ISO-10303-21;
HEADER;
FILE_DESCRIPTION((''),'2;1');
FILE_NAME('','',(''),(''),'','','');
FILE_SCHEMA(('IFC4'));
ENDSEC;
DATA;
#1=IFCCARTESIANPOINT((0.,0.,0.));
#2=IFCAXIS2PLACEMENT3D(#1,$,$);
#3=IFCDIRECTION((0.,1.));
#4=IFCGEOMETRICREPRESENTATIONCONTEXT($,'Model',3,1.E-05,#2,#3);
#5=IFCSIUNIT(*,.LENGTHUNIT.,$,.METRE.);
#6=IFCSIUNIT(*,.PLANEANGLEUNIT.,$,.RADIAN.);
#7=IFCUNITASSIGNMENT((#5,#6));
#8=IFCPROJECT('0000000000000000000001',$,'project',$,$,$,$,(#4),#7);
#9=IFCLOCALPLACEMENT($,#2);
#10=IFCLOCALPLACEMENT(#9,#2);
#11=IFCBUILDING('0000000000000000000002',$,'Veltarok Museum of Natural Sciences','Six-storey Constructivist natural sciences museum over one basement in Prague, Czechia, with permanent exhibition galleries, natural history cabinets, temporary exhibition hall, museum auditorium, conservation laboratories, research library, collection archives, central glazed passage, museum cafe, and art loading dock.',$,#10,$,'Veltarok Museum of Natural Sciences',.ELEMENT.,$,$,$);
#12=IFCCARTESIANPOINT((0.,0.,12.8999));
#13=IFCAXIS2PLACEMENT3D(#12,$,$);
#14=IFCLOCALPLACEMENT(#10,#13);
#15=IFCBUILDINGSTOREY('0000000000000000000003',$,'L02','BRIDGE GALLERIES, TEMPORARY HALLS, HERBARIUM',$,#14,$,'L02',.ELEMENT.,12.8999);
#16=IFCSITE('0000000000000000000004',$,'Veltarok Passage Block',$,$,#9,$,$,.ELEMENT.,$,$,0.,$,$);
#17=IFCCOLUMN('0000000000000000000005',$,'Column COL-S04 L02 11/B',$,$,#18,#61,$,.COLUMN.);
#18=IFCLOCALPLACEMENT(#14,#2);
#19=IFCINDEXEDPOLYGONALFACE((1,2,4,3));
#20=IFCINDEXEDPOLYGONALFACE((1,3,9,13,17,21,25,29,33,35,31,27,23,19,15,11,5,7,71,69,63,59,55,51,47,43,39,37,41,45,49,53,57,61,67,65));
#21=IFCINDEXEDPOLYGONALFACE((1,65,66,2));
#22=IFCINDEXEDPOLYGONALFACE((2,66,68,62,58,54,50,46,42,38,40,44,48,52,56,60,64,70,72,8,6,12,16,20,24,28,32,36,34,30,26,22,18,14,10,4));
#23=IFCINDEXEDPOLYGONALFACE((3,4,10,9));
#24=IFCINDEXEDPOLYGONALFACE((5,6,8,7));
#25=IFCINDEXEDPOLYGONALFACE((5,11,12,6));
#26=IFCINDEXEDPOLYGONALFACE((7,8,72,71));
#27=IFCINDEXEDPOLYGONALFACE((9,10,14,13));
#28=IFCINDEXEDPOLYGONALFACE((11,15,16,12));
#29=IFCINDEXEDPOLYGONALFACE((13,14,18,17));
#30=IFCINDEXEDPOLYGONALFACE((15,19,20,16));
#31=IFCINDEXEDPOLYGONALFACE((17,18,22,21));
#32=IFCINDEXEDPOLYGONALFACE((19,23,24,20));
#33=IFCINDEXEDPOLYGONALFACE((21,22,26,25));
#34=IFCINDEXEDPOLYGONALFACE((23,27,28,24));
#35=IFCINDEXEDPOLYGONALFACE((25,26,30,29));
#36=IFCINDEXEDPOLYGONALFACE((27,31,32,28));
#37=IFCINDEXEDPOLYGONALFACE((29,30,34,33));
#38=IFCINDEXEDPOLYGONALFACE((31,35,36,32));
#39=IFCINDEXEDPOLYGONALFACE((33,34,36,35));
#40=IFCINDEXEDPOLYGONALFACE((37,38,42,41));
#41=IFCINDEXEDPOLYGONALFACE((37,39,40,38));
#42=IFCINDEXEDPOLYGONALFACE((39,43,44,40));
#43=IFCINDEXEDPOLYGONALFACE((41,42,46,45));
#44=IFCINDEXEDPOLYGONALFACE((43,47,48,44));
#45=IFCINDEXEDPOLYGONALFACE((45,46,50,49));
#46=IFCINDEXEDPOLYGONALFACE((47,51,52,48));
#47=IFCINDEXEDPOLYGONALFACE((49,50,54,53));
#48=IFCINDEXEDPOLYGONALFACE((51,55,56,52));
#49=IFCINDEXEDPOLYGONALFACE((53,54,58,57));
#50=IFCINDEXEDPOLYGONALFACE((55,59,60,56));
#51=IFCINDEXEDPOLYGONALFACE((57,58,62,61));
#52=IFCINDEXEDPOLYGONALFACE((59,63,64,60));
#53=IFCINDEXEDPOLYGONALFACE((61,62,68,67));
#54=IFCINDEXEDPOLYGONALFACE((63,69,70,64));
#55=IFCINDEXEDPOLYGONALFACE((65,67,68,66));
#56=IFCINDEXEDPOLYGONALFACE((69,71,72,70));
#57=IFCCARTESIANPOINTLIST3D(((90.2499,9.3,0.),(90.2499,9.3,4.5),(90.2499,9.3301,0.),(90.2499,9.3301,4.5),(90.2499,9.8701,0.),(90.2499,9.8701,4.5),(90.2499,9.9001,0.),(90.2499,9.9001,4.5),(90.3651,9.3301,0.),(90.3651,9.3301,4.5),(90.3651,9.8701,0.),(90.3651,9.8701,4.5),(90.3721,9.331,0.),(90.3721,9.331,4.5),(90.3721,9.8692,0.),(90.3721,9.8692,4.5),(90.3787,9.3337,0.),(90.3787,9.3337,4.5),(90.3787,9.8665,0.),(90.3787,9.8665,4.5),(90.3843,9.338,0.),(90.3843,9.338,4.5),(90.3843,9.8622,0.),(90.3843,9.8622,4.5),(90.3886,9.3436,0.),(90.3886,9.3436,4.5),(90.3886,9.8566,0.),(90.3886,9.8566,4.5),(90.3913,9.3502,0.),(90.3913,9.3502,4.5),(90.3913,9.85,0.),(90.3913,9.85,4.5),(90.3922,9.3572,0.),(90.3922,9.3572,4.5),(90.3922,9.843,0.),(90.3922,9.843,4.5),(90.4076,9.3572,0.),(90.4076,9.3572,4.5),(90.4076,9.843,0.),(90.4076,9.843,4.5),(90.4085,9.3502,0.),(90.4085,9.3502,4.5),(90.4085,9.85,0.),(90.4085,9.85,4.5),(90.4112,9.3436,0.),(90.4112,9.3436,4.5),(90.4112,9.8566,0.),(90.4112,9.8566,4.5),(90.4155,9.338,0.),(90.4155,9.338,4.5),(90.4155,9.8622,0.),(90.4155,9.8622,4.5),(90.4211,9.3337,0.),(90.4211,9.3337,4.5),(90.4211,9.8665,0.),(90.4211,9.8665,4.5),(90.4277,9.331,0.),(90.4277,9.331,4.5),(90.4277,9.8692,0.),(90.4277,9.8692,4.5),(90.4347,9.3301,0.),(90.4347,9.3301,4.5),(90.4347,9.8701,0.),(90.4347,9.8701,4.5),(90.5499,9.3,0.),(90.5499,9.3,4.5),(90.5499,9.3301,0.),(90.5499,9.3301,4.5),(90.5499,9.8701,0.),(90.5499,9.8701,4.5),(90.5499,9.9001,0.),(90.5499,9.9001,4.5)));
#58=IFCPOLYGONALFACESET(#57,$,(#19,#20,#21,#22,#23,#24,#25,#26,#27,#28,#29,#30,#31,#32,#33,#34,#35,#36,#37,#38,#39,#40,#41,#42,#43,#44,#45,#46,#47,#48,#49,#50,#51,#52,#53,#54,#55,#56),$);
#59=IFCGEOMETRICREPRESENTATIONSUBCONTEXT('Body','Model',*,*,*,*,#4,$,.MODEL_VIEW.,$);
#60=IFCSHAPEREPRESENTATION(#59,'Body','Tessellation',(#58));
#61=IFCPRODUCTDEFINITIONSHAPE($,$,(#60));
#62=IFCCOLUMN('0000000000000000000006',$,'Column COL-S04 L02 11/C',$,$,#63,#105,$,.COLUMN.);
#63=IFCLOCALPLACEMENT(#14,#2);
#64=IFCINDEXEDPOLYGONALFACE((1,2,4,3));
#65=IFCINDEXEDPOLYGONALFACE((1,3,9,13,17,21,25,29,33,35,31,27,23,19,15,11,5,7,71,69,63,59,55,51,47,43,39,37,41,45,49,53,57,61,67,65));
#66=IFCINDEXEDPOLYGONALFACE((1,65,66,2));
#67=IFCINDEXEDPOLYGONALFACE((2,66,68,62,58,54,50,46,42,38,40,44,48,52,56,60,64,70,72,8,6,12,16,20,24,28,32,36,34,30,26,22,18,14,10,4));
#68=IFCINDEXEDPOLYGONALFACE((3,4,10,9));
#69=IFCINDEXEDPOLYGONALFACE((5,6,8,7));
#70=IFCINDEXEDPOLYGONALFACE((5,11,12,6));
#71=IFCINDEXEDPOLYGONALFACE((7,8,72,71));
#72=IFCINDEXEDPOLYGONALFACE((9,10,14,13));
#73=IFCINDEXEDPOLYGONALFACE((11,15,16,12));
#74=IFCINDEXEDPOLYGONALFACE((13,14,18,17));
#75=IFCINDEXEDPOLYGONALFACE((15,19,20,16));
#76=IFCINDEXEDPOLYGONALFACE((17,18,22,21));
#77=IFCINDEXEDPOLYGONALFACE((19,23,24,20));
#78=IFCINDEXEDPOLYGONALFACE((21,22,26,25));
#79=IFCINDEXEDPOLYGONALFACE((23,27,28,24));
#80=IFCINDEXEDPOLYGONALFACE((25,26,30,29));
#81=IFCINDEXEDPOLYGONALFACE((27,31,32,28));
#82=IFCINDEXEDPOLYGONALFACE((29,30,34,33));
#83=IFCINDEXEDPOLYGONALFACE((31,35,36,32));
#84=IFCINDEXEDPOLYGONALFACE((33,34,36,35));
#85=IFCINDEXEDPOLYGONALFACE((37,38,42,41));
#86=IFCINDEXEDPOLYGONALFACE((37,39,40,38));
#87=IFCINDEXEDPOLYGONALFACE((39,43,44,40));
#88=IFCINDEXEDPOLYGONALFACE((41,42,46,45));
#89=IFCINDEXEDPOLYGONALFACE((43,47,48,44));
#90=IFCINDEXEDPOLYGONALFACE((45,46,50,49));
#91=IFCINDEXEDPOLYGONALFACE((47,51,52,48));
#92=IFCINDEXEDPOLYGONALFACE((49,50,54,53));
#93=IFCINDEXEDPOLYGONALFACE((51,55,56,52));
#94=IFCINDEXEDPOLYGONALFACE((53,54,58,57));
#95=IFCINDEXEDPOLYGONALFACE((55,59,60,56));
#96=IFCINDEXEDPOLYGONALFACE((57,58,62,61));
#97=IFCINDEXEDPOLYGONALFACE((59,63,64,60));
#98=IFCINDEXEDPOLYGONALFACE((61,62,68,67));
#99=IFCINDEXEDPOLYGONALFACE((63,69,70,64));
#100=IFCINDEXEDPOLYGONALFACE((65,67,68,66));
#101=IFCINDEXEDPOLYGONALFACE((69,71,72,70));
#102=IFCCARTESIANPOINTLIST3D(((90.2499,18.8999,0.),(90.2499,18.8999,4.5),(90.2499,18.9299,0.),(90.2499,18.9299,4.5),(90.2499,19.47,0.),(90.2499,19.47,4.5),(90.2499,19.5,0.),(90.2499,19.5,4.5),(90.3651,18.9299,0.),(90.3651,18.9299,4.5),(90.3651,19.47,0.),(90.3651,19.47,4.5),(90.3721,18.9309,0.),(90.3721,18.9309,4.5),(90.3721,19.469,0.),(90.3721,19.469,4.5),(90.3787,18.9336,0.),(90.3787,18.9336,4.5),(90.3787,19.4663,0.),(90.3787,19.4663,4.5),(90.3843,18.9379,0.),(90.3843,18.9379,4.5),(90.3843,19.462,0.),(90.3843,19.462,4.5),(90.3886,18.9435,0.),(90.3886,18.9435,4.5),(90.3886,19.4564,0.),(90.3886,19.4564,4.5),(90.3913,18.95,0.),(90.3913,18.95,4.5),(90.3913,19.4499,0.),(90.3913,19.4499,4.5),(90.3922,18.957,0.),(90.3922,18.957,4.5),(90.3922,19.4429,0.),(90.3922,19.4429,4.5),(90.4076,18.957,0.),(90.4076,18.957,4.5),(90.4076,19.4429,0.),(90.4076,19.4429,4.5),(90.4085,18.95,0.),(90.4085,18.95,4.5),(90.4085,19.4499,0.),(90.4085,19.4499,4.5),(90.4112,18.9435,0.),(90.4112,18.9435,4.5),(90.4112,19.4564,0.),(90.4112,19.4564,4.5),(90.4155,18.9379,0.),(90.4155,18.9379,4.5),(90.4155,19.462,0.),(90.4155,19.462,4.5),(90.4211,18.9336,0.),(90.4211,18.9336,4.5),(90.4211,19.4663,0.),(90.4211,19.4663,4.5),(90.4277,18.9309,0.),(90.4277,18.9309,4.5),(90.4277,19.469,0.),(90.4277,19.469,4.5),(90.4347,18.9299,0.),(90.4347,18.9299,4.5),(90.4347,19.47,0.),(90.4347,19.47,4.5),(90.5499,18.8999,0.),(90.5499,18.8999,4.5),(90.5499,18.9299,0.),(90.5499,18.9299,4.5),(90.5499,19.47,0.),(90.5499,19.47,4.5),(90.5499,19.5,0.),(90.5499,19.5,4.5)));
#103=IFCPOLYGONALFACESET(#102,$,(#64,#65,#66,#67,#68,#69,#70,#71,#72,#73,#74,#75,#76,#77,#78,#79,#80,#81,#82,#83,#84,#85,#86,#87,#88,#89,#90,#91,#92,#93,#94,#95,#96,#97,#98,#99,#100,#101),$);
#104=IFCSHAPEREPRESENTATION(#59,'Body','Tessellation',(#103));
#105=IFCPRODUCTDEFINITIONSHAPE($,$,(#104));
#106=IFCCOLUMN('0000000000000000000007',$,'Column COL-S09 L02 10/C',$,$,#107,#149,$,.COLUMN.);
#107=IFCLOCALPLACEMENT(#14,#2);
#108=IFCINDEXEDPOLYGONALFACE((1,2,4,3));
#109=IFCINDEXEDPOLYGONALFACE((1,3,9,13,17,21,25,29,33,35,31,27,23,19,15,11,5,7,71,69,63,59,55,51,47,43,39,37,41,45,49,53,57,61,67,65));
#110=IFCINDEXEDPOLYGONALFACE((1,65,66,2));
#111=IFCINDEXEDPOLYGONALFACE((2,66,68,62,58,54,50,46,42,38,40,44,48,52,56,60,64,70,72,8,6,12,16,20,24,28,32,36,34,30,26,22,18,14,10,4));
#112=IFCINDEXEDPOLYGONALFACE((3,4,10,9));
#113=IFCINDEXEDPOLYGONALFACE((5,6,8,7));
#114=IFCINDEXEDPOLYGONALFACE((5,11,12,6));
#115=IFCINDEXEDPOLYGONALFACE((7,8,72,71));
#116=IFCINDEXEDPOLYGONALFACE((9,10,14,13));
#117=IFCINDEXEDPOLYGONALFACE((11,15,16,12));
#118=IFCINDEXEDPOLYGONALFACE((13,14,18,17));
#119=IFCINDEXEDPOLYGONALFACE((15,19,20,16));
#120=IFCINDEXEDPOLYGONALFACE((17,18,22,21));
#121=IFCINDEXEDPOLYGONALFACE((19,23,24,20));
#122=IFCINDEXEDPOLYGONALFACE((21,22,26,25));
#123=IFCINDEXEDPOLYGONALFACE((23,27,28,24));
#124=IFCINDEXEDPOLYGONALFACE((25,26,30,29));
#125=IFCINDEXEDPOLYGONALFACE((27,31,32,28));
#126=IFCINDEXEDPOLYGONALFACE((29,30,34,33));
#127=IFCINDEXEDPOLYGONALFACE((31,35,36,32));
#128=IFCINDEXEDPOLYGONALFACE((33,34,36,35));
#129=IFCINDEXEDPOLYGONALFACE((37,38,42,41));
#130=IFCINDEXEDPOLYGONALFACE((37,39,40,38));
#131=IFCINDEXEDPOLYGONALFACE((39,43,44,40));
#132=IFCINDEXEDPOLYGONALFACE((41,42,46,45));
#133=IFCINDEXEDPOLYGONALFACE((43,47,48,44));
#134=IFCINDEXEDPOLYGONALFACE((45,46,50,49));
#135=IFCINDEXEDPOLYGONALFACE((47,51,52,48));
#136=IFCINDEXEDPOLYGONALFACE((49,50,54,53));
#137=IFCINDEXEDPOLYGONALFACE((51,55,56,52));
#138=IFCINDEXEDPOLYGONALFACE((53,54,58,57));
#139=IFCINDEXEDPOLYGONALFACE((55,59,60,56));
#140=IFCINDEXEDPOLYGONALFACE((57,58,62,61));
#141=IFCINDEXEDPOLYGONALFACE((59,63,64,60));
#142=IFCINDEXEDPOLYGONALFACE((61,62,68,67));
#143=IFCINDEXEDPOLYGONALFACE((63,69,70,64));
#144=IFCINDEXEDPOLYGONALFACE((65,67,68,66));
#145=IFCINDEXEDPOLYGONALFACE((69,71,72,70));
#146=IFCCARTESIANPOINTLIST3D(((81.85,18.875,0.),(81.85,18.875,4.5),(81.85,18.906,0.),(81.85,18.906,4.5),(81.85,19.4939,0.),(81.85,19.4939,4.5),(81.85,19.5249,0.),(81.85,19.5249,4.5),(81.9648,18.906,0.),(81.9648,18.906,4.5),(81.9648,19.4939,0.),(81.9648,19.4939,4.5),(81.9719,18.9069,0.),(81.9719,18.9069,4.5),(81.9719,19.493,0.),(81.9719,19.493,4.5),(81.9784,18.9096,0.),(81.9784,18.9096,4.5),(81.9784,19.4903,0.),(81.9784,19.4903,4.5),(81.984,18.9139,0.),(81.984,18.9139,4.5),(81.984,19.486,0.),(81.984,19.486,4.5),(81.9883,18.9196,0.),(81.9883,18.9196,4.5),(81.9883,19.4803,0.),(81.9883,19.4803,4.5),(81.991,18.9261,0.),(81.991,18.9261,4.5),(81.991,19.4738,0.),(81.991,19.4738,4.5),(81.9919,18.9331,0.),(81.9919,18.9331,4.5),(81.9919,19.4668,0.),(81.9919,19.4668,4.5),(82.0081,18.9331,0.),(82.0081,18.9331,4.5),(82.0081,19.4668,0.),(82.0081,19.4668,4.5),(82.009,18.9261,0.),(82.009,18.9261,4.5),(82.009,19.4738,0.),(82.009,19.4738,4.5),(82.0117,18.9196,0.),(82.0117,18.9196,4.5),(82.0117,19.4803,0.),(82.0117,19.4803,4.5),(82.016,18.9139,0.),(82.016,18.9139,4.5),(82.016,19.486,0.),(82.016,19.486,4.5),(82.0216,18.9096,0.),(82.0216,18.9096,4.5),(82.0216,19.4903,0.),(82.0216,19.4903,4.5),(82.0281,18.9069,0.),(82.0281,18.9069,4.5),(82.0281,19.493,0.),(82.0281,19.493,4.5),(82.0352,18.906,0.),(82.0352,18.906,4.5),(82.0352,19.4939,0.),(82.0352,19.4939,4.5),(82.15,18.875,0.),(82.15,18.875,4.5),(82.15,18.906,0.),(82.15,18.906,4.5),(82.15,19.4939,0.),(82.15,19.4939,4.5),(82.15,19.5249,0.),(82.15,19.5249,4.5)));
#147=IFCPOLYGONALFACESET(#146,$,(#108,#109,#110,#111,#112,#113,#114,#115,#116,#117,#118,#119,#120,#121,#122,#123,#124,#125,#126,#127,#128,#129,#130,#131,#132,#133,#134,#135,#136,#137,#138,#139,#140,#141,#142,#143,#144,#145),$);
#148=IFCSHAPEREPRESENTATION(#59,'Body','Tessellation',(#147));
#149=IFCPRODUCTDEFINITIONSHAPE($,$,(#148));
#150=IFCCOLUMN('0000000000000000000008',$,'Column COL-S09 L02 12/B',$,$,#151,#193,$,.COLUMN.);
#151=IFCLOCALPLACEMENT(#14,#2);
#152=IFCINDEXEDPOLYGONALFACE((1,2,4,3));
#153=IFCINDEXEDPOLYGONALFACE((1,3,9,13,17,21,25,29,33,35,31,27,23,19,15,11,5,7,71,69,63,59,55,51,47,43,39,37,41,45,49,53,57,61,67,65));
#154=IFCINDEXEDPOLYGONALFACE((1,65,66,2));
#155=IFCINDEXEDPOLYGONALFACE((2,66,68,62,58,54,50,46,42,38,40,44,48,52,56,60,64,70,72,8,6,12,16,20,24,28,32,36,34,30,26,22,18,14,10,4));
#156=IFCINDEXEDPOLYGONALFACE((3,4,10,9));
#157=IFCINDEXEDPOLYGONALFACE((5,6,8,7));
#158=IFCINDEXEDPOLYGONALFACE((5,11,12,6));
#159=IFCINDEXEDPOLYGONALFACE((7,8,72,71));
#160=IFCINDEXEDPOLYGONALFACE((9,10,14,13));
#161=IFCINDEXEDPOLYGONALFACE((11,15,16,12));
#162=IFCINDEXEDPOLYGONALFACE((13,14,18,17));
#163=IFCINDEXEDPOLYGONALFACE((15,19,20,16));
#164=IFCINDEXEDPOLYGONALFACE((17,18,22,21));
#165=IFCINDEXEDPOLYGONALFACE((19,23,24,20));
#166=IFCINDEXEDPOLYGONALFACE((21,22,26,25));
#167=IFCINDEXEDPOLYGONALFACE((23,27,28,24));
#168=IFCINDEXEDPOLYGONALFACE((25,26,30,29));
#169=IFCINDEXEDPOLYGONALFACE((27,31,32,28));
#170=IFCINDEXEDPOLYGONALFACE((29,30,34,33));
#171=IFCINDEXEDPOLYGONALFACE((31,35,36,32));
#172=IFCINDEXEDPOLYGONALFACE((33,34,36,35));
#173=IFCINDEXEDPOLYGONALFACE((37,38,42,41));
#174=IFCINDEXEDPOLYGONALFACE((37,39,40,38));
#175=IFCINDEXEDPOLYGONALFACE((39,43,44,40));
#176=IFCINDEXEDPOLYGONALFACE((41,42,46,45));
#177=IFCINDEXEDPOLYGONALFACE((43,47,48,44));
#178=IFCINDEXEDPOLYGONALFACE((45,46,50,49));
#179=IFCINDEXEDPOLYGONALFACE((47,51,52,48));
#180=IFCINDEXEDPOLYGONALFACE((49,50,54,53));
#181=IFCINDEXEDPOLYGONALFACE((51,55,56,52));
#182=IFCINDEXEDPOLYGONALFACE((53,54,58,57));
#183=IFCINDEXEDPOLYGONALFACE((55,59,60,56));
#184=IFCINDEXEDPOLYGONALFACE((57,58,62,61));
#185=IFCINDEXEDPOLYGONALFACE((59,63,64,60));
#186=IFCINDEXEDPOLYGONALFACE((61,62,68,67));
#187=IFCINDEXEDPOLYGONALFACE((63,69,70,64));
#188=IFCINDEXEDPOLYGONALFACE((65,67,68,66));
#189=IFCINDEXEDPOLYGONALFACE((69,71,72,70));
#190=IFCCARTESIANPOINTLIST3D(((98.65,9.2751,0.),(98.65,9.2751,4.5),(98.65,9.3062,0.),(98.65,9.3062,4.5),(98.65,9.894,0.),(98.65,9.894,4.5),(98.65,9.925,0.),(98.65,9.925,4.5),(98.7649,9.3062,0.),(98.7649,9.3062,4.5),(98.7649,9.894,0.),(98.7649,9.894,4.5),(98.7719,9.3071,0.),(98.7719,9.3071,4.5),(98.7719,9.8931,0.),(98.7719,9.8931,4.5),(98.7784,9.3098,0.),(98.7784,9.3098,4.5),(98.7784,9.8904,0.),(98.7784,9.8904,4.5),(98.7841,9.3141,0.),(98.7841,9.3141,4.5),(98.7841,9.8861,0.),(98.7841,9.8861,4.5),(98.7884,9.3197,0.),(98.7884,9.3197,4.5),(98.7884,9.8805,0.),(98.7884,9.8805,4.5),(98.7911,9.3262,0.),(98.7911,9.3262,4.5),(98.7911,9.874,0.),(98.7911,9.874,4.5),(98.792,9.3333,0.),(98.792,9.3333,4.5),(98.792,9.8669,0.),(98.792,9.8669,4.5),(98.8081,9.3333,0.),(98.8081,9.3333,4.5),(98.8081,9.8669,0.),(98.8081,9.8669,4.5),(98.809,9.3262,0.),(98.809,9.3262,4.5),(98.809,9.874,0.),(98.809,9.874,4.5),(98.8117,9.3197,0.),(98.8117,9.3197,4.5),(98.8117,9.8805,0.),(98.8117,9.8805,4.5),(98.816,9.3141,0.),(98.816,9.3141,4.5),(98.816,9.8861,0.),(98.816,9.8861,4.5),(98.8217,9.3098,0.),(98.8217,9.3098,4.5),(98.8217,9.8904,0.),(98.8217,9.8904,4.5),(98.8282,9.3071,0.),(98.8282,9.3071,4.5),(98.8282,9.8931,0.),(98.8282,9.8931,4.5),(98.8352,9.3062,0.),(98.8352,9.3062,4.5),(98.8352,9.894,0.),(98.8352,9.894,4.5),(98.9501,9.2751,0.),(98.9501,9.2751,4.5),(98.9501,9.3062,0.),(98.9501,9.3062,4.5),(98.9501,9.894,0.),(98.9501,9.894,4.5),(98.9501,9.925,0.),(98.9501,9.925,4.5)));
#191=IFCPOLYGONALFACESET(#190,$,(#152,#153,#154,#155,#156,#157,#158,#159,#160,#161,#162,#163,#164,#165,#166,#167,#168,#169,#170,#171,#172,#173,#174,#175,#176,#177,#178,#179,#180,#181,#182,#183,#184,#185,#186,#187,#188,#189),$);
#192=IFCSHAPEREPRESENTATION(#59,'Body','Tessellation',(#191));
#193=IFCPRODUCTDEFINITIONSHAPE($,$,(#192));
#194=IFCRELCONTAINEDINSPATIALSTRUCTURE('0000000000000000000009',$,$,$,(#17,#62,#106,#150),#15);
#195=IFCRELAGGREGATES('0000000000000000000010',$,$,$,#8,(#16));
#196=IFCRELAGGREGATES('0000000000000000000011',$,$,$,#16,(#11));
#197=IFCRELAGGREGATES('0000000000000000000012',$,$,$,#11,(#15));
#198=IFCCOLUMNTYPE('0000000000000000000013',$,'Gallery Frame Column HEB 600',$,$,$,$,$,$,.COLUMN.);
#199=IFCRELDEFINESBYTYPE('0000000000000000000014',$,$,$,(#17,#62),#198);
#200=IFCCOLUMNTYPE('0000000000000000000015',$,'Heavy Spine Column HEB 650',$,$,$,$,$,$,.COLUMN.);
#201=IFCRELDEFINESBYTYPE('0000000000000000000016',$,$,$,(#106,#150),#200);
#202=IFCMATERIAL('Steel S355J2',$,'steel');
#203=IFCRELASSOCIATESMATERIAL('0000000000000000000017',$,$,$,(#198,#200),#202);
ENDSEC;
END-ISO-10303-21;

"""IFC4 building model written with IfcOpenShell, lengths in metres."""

from ifc_helpers import new_model, si_unit, direction, frame, origin, origin_2d, place, context, subcontext, project, spatial, i_section, extrude, material, material_profile, profile_set, type_object, element, save


model = new_model("IFC4")

# Units and contexts
model_context = context("Model", 3, precision=1e-05, world=origin(), true_north=direction((0.0, 1.0)))
body_context = subcontext(model_context, "Body", "Model", "MODEL_VIEW")
ifc_project = project(units=[si_unit("LENGTHUNIT", "METRE"), si_unit("PLANEANGLEUNIT", "RADIAN")], contexts=[model_context])

# Site, building, storey
site_placement = place(None, origin())
site = spatial("IfcSite", under=ifc_project, at=site_placement, Name="Veltarok Passage Block", CompositionType="ELEMENT", RefElevation=0.0)
building_placement = place(site_placement, origin())
building = spatial("IfcBuilding", under=site, at=building_placement, Name="Veltarok Museum of Natural Sciences", Description="Six-storey Constructivist natural sciences museum over one basement in Prague, Czechia, with permanent exhibition galleries, natural history cabinets, temporary exhibition hall, museum auditorium, conservation laboratories, research library, collection archives, central glazed passage, museum cafe, and art loading dock.", LongName="Veltarok Museum of Natural Sciences", CompositionType="ELEMENT")
storey_placement = place(building_placement, frame((0.0, 0.0, 12.8999)))
storey = spatial("IfcBuildingStorey", under=building, at=storey_placement, Name="L02", Description="BRIDGE GALLERIES, TEMPORARY HALLS, HERBARIUM", LongName="L02", CompositionType="ELEMENT", Elevation=12.8999)

# Columns
ifc_material_1 = material(Name="Steel S355J2", Category="steel")
ifc_material_profile_1 = material_profile(ifc_material_1, i_section(OverallWidth=0.3, OverallDepth=0.6001, WebThickness=0.0154, FlangeThickness=0.03, FilletRadius=0.0271, at=origin_2d()), Name="HEB 600")
ifc_profile_set_1 = profile_set([ifc_material_profile_1], Name="Steel S355J2")
column_type_1 = type_object("IfcColumnType", Name="Gallery Frame Column HEB 600", PredefinedType="COLUMN", material=ifc_profile_set_1)
for number, where, z_axis, x_axis, name in (
    (1, (90.3999, 9.6001, 0.0), (0.0, 0.0, 1.0), (1.0, 0.0, 0.0), "Column COL-S04 L02 11/B"),
    (2, (90.3999, 19.2, 0.0), (0.0, 0.0, 1.0), (1.0, 0.0, 0.0), "Column COL-S04 L02 11/C"),
):
    element("IfcColumn", number, at=place(storey_placement, frame(where, z_axis=z_axis, x_axis=x_axis)), inside=storey, type_object=column_type_1, Name=name, PredefinedType="COLUMN", context=body_context, shape_type="SweptSolid", body=[
        extrude(i_section(OverallWidth=0.3, OverallDepth=0.6001, WebThickness=0.0154, FlangeThickness=0.03, FilletRadius=0.0271, at=origin_2d()), origin(), (0.0, 0.0, 1.0), 4.5),
    ])
ifc_material_profile_2 = material_profile(ifc_material_1, i_section(OverallWidth=0.3, OverallDepth=0.6499, WebThickness=0.0161, FlangeThickness=0.031, FilletRadius=0.0271, at=origin_2d()), Name="HEB 650")
ifc_profile_set_2 = profile_set([ifc_material_profile_2], Name="Steel S355J2")
column_type_2 = type_object("IfcColumnType", Name="Heavy Spine Column HEB 650", PredefinedType="COLUMN", material=ifc_profile_set_2)
for number, where, z_axis, x_axis, name in (
    (3, (82.0, 19.2, 0.0), (0.0, 0.0, 1.0), (1.0, 0.0, 0.0), "Column COL-S09 L02 10/C"),
    (4, (98.8, 9.6001, 0.0), (0.0, 0.0, 1.0), (1.0, 0.0, 0.0), "Column COL-S09 L02 12/B"),
):
    element("IfcColumn", number, at=place(storey_placement, frame(where, z_axis=z_axis, x_axis=x_axis)), inside=storey, type_object=column_type_2, Name=name, PredefinedType="COLUMN", context=body_context, shape_type="SweptSolid", body=[
        extrude(i_section(OverallWidth=0.3, OverallDepth=0.6499, WebThickness=0.0161, FlangeThickness=0.031, FilletRadius=0.0271, at=origin_2d()), origin(), (0.0, 0.0, 1.0), 4.5),
    ])

save(model, "model.ifc")
